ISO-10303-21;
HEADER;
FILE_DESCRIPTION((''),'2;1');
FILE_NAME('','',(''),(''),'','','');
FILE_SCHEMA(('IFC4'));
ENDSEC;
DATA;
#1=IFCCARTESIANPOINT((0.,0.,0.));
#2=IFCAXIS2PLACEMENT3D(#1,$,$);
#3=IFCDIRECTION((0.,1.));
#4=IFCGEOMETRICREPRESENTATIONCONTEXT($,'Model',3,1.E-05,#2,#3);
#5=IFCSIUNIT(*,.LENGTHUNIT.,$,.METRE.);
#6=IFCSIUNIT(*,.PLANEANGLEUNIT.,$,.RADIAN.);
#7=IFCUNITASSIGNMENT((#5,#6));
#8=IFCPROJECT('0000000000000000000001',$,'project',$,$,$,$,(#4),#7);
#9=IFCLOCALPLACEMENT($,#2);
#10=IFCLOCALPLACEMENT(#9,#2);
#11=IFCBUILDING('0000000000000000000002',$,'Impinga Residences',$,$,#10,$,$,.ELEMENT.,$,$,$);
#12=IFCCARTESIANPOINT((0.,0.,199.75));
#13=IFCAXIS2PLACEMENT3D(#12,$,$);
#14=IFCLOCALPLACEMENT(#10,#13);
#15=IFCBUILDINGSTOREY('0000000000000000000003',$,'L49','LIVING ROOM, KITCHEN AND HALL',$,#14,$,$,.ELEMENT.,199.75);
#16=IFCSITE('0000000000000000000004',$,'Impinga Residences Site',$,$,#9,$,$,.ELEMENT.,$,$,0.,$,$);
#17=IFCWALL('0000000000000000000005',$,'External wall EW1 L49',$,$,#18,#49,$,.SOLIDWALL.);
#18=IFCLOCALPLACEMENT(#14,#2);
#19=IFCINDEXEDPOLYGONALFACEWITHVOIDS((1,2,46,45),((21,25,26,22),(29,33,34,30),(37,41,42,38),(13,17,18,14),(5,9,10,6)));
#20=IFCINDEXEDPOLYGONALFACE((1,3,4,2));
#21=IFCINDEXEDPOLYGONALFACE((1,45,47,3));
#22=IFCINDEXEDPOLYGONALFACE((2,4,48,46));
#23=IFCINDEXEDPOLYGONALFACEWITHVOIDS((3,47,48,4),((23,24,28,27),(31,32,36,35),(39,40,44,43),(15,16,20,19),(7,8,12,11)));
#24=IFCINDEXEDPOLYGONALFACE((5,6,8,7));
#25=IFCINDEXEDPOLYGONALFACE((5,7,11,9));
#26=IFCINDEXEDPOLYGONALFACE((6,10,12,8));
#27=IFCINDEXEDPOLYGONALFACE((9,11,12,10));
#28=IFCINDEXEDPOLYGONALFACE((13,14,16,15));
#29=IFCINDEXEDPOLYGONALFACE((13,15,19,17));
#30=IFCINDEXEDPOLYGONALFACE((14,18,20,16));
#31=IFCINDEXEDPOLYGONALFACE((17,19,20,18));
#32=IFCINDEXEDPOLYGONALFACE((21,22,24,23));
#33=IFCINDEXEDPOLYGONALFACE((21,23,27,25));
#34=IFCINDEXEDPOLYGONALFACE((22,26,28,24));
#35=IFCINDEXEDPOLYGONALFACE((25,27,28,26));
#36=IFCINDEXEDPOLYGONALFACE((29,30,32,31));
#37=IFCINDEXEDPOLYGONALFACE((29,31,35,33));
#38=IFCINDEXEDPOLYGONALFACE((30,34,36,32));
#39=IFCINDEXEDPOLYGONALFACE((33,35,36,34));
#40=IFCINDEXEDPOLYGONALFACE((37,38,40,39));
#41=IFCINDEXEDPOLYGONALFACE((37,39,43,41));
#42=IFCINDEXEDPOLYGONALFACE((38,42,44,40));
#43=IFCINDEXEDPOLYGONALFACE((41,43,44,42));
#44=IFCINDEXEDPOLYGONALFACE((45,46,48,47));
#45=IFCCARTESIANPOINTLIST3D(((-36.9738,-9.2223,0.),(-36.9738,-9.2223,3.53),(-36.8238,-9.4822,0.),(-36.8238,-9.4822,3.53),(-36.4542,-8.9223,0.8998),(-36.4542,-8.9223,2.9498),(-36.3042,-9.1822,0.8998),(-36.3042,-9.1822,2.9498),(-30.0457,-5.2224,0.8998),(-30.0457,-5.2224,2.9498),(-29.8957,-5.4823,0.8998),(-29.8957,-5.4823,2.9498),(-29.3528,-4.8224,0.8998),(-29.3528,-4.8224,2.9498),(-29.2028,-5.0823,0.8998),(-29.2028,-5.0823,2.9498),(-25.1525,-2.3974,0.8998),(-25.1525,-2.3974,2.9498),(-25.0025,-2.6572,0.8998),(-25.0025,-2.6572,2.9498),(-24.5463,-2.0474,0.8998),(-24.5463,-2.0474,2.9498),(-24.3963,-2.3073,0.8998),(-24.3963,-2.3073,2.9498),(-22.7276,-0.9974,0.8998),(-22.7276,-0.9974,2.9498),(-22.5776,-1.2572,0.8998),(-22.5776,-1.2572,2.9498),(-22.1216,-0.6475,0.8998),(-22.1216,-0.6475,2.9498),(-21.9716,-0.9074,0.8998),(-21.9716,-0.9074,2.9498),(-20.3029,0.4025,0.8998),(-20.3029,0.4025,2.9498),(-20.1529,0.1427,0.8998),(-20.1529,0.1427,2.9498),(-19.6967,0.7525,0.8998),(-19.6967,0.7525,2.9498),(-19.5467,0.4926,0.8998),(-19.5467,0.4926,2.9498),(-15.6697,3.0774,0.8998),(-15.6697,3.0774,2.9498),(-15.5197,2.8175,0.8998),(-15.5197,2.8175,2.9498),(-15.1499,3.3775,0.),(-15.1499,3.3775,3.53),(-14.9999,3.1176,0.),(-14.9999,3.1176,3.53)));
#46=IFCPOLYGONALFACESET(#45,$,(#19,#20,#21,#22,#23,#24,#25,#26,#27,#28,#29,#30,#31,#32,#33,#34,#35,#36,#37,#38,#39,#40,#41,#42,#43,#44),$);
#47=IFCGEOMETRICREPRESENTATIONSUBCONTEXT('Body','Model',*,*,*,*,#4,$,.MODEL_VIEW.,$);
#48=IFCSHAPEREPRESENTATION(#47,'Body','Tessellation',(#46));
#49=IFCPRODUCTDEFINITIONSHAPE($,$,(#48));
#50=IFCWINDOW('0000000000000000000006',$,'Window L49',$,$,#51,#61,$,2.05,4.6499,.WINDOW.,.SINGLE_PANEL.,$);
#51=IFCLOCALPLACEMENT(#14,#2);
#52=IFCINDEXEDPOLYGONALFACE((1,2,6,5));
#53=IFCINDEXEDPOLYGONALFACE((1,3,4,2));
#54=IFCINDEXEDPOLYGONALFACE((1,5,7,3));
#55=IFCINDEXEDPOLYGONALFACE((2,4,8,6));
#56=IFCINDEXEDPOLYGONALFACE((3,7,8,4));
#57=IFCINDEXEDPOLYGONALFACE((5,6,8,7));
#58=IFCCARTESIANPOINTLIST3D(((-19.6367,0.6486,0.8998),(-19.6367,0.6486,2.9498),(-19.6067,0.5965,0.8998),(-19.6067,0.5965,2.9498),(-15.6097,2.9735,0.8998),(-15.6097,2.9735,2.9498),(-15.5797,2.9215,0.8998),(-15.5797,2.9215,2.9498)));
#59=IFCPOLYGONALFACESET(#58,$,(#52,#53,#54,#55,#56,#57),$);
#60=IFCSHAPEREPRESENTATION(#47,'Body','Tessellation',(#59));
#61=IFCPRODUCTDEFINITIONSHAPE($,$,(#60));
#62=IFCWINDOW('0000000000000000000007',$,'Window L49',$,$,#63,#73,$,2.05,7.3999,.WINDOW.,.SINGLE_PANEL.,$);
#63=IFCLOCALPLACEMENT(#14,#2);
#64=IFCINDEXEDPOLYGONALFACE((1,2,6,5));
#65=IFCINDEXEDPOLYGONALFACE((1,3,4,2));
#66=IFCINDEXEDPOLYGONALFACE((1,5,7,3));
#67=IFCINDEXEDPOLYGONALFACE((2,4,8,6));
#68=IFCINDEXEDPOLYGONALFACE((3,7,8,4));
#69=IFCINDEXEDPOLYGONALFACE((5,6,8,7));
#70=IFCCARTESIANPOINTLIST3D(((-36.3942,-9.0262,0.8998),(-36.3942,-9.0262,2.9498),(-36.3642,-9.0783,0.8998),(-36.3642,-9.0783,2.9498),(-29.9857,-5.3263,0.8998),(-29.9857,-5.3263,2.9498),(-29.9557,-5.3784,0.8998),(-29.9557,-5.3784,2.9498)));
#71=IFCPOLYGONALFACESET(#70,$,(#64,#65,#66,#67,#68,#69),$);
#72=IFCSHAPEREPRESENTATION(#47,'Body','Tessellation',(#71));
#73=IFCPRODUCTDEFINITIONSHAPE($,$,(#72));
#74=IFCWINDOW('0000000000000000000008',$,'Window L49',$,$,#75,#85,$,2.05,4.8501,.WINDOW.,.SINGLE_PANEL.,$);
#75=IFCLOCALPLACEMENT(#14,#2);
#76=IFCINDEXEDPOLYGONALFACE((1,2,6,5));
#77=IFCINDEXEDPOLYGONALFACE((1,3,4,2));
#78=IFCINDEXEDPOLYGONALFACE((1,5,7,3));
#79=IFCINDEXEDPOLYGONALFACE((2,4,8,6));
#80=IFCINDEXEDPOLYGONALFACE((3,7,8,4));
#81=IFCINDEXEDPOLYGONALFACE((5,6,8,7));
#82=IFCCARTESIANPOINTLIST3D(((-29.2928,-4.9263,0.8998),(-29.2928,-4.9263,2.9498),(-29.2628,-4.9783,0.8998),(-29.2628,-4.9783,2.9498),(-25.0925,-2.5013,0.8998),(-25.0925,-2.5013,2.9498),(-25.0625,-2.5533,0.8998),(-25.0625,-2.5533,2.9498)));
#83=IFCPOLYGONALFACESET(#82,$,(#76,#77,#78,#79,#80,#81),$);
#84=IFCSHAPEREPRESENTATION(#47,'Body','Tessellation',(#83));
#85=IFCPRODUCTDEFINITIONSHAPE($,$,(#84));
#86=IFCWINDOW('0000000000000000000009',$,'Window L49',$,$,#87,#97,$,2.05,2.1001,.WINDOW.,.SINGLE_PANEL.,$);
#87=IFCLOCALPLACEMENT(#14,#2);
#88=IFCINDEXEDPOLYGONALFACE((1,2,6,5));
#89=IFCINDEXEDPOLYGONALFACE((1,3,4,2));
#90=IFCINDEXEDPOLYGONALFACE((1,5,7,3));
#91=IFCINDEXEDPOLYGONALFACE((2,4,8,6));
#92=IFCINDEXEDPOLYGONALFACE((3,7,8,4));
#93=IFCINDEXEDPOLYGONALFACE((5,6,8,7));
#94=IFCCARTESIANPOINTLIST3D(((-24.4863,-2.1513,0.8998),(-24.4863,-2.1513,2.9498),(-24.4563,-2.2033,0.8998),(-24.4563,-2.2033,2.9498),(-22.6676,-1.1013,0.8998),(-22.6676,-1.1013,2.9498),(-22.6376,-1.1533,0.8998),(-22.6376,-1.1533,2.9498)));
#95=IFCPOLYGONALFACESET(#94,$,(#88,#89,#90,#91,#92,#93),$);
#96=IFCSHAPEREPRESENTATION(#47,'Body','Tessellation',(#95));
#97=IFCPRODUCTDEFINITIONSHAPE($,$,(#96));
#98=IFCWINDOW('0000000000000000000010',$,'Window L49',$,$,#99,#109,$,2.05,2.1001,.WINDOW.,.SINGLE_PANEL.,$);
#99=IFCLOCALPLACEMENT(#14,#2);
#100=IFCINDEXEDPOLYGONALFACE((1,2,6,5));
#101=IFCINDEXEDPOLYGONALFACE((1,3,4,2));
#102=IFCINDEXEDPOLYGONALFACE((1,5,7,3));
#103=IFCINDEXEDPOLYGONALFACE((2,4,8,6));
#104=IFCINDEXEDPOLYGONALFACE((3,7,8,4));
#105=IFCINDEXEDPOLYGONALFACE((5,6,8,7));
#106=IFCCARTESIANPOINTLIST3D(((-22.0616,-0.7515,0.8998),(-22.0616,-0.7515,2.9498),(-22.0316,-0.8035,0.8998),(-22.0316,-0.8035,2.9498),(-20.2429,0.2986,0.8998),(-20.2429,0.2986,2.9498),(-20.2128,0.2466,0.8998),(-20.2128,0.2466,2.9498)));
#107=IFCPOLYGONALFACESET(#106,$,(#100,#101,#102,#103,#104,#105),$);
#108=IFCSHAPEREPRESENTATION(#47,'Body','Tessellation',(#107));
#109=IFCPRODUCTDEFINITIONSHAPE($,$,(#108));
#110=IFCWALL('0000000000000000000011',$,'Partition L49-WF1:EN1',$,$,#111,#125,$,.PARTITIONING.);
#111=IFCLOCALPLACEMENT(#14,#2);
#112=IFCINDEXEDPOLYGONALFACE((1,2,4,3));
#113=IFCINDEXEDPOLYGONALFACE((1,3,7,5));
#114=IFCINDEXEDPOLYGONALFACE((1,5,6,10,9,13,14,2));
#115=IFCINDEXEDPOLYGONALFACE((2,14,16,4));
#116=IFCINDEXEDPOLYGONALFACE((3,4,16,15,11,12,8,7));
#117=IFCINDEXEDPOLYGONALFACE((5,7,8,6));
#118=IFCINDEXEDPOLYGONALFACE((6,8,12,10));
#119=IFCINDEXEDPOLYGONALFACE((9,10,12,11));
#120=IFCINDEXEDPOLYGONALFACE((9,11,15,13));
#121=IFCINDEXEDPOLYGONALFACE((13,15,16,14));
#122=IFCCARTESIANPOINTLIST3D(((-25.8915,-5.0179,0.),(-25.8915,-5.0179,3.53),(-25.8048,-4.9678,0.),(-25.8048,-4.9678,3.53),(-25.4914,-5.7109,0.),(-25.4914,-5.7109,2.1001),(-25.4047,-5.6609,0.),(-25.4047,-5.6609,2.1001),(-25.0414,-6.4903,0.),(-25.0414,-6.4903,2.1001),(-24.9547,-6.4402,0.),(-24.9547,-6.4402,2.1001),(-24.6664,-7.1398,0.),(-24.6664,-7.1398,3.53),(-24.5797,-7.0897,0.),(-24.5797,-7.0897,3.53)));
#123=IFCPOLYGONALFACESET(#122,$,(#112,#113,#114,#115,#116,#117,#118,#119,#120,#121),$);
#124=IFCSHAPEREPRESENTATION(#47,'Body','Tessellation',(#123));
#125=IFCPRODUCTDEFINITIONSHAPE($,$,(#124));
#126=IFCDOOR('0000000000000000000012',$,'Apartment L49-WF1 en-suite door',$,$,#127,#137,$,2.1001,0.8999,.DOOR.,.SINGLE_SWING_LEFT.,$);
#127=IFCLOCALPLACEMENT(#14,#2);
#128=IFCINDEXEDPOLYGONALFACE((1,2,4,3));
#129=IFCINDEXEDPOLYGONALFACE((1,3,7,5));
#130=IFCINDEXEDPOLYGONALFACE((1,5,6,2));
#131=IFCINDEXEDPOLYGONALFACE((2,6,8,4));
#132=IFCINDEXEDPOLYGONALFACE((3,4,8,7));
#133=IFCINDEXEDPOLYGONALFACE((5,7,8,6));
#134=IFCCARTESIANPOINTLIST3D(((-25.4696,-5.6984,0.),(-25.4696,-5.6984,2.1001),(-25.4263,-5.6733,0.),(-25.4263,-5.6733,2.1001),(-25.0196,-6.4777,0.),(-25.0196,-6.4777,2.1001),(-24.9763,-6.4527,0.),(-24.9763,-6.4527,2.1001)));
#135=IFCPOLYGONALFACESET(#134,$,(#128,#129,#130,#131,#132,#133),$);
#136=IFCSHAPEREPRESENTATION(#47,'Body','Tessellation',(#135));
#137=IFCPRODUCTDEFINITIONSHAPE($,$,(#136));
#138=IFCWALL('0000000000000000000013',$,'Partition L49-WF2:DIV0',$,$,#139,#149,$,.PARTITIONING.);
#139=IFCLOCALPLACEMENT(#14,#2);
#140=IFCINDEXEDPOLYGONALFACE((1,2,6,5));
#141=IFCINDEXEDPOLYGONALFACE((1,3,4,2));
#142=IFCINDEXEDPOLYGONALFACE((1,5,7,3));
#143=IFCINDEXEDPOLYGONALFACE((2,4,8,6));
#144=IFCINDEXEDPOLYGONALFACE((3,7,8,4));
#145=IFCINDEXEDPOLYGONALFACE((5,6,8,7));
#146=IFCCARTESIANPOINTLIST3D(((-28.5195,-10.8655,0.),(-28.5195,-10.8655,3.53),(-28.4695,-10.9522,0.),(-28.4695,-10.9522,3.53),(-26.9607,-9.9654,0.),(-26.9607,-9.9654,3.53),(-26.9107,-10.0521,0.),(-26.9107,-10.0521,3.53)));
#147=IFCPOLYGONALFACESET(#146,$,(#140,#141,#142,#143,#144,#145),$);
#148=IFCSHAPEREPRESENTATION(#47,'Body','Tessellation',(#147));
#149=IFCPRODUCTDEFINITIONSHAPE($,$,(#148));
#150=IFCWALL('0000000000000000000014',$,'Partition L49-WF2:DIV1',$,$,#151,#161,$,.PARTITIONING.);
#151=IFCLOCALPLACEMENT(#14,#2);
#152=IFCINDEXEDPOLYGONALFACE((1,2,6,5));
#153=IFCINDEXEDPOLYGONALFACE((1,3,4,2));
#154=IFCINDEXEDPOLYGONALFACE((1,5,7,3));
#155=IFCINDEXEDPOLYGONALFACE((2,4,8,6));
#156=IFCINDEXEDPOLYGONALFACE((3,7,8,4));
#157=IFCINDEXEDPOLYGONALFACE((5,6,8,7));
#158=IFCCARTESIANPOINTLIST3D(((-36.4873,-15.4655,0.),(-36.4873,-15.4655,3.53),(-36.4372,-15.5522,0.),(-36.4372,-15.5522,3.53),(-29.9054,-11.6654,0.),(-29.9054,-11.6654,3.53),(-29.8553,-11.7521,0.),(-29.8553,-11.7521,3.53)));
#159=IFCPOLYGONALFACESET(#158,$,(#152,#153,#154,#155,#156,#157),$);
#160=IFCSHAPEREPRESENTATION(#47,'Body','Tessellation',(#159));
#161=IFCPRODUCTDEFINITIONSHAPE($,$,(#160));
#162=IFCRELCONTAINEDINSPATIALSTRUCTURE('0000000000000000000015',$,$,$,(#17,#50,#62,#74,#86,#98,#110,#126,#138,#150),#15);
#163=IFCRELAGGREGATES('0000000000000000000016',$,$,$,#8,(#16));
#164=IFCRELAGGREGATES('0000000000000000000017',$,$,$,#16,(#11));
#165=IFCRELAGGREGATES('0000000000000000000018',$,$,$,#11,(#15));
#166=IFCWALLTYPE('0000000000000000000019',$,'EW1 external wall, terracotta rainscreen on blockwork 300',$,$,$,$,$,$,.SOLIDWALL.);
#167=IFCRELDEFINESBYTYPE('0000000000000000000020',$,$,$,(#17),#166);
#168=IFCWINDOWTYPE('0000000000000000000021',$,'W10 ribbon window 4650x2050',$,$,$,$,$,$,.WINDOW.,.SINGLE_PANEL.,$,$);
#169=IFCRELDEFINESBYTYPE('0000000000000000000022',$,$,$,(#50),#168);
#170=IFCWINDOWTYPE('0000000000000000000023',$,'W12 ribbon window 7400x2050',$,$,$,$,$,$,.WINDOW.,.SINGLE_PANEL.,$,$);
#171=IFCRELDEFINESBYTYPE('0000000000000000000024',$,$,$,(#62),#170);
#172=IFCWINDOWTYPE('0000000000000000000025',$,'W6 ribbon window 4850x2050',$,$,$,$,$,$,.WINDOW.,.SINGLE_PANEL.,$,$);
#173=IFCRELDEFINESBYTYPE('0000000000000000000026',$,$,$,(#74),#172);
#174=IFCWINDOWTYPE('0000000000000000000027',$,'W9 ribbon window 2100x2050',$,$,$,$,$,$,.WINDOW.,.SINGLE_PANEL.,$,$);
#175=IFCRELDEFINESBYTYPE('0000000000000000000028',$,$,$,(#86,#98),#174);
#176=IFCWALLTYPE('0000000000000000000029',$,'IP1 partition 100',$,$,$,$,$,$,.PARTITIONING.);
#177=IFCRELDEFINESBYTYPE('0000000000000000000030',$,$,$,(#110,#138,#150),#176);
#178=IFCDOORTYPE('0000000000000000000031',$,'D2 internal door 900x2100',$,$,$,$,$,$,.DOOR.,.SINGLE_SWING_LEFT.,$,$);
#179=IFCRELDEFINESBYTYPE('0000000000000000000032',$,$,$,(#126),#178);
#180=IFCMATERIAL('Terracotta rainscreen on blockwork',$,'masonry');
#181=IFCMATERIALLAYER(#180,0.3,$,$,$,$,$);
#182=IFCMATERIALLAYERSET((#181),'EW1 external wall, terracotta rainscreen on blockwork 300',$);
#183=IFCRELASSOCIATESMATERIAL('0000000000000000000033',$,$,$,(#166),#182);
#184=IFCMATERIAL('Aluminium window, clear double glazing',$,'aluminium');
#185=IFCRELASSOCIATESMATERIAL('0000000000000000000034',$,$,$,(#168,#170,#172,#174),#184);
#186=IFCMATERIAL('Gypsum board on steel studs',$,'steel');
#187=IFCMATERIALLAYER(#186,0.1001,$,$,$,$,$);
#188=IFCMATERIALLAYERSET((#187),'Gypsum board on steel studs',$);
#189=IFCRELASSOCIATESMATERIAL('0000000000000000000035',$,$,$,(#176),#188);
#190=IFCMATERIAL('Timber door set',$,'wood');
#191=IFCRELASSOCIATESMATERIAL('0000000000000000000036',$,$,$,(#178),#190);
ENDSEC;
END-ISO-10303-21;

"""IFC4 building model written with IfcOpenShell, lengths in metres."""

from ifc_helpers import new_model, si_unit, direction, frame, frame_2d, origin, place, context, subcontext, project, spatial, rectangle, extrude, material, layer, layer_set, type_object, element, fill, save


model = new_model("IFC4")

# Units and contexts
model_context = context("Model", 3, precision=1e-05, world=origin(), true_north=direction((0.0, 1.0)))
body_context = subcontext(model_context, "Body", "Model", "MODEL_VIEW")
ifc_project = project(units=[si_unit("LENGTHUNIT", "METRE"), si_unit("PLANEANGLEUNIT", "RADIAN")], contexts=[model_context])

# Site, building, storey
site_placement = place(None, origin())
site = spatial("IfcSite", under=ifc_project, at=site_placement, Name="Impinga Residences Site", CompositionType="ELEMENT", RefElevation=0.0)
building_placement = place(site_placement, origin())
building = spatial("IfcBuilding", under=site, at=building_placement, Name="Impinga Residences", CompositionType="ELEMENT")
storey_placement = place(building_placement, frame((0.0, 0.0, 199.75)))
storey = spatial("IfcBuildingStorey", under=building, at=storey_placement, Name="L49", Description="LIVING ROOM, KITCHEN AND HALL", CompositionType="ELEMENT", Elevation=199.75)

# Shared definitions
ifc_material_1 = material(Name="Terracotta rainscreen on blockwork", Category="masonry")
ifc_layer_1 = layer(ifc_material_1, 0.3)
ifc_layer_set_1 = layer_set([ifc_layer_1], Name="EW1 external wall, terracotta rainscreen on blockwork 300")
wall_type_1 = type_object("IfcWallType", Name="EW1 external wall, terracotta rainscreen on blockwork 300", PredefinedType="SOLIDWALL", material=ifc_layer_set_1)

# Wall, openings, windows
wall_1_placement = place(storey_placement, frame((-36.8989, -9.3523, 0.0), z_axis=(0.0, 0.0, 1.0), x_axis=(0.866029, 0.499993, 0.0)))
wall_1 = element("IfcWall", 1, at=wall_1_placement, inside=storey, type_object=wall_type_1, Name="External wall EW1 L49", PredefinedType="SOLIDWALL", context=body_context, shape_type="SweptSolid", body=[
    extrude(rectangle(XDim=25.2, YDim=0.3, at=frame_2d((12.6001, 0.0))), origin(), (0.0, 0.0, 1.0), 3.53),
])
opening_1_placement = place(wall_1_placement, frame((0.6001, 0.0, 0.8999)))
opening_1 = element("IfcOpeningElement", 2, at=opening_1_placement, cuts=wall_1, PredefinedType="OPENING", context=body_context, shape_type="SweptSolid", body=[
    extrude(rectangle(XDim=7.3999, YDim=2.05, at=frame_2d((3.7, 1.0249))), frame((0.0, 0.1599, 0.0), z_axis=(0.0, -1.0, 0.0), x_axis=(1.0, 0.0, 0.0)), (0.0, 0.0, 1.0), 0.3201),
])
opening_2_placement = place(wall_1_placement, frame((8.8, 0.0, 0.8999)))
opening_2 = element("IfcOpeningElement", 3, at=opening_2_placement, cuts=wall_1, PredefinedType="OPENING", context=body_context, shape_type="SweptSolid", body=[
    extrude(rectangle(XDim=4.8501, YDim=2.05, at=frame_2d((2.425, 1.0249))), frame((0.0, 0.1599, 0.0), z_axis=(0.0, -1.0, 0.0), x_axis=(1.0, 0.0, 0.0)), (0.0, 0.0, 1.0), 0.3201),
])
opening_3_placement = place(wall_1_placement, frame((14.3501, 0.0, 0.8999)))
opening_3 = element("IfcOpeningElement", 4, at=opening_3_placement, cuts=wall_1, PredefinedType="OPENING", context=body_context, shape_type="SweptSolid", body=[
    extrude(rectangle(XDim=2.1001, YDim=2.05, at=frame_2d((1.05, 1.0249))), frame((0.0, 0.1599, 0.0), z_axis=(0.0, -1.0, 0.0), x_axis=(1.0, 0.0, 0.0)), (0.0, 0.0, 1.0), 0.3201),
])
opening_4_placement = place(wall_1_placement, frame((17.1499, 0.0, 0.8999)))
opening_4 = element("IfcOpeningElement", 5, at=opening_4_placement, cuts=wall_1, PredefinedType="OPENING", context=body_context, shape_type="SweptSolid", body=[
    extrude(rectangle(XDim=2.1001, YDim=2.05, at=frame_2d((1.05, 1.0249))), frame((0.0, 0.1599, 0.0), z_axis=(0.0, -1.0, 0.0), x_axis=(1.0, 0.0, 0.0)), (0.0, 0.0, 1.0), 0.3201),
])
opening_5_placement = place(wall_1_placement, frame((19.95, 0.0, 0.8999)))
opening_5 = element("IfcOpeningElement", 6, at=opening_5_placement, cuts=wall_1, PredefinedType="OPENING", context=body_context, shape_type="SweptSolid", body=[
    extrude(rectangle(XDim=4.6499, YDim=2.05, at=frame_2d((2.325, 1.0249))), frame((0.0, 0.1599, 0.0), z_axis=(0.0, -1.0, 0.0), x_axis=(1.0, 0.0, 0.0)), (0.0, 0.0, 1.0), 0.3201),
])
ifc_material_2 = material(Name="Aluminium window, clear double glazing", Category="aluminium")
window_type_1 = type_object("IfcWindowType", Name="W10 ribbon window 4650x2050", PartitioningType="SINGLE_PANEL", PredefinedType="WINDOW", material=ifc_material_2)
window_1_placement = place(opening_5_placement, origin())
window_1 = element("IfcWindow", 7, at=window_1_placement, inside=storey, type_object=window_type_1, Name="Window L49", OverallHeight=2.05, OverallWidth=4.6499, PartitioningType="SINGLE_PANEL", PredefinedType="WINDOW", context=body_context, shape_type="SweptSolid", body=[
    extrude(rectangle(XDim=4.6499, YDim=2.05, at=frame_2d((2.325, 1.0249))), frame((0.0, 0.03, 0.0), z_axis=(0.0, -1.0, 0.0), x_axis=(1.0, 0.0, 0.0)), (0.0, 0.0, 1.0), 0.0601),
])
fill(opening_5, window_1)
window_type_2 = type_object("IfcWindowType", Name="W12 ribbon window 7400x2050", PartitioningType="SINGLE_PANEL", PredefinedType="WINDOW", material=ifc_material_2)
window_2_placement = place(opening_1_placement, origin())
window_2 = element("IfcWindow", 8, at=window_2_placement, inside=storey, type_object=window_type_2, Name="Window L49", OverallHeight=2.05, OverallWidth=7.3999, PartitioningType="SINGLE_PANEL", PredefinedType="WINDOW", context=body_context, shape_type="SweptSolid", body=[
    extrude(rectangle(XDim=7.3999, YDim=2.05, at=frame_2d((3.7, 1.0249))), frame((0.0, 0.03, 0.0), z_axis=(0.0, -1.0, 0.0), x_axis=(1.0, 0.0, 0.0)), (0.0, 0.0, 1.0), 0.0601),
])
fill(opening_1, window_2)
window_type_3 = type_object("IfcWindowType", Name="W6 ribbon window 4850x2050", PartitioningType="SINGLE_PANEL", PredefinedType="WINDOW", material=ifc_material_2)
window_3_placement = place(opening_2_placement, origin())
window_3 = element("IfcWindow", 9, at=window_3_placement, inside=storey, type_object=window_type_3, Name="Window L49", OverallHeight=2.05, OverallWidth=4.8501, PartitioningType="SINGLE_PANEL", PredefinedType="WINDOW", context=body_context, shape_type="SweptSolid", body=[
    extrude(rectangle(XDim=4.8501, YDim=2.05, at=frame_2d((2.425, 1.0249))), frame((0.0, 0.03, 0.0), z_axis=(0.0, -1.0, 0.0), x_axis=(1.0, 0.0, 0.0)), (0.0, 0.0, 1.0), 0.0601),
])
fill(opening_2, window_3)
window_type_4 = type_object("IfcWindowType", Name="W9 ribbon window 2100x2050", PartitioningType="SINGLE_PANEL", PredefinedType="WINDOW", material=ifc_material_2)
window_4_placement = place(opening_3_placement, origin())
window_4 = element("IfcWindow", 10, at=window_4_placement, inside=storey, type_object=window_type_4, Name="Window L49", OverallHeight=2.05, OverallWidth=2.1001, PartitioningType="SINGLE_PANEL", PredefinedType="WINDOW", context=body_context, shape_type="SweptSolid", body=[
    extrude(rectangle(XDim=2.1001, YDim=2.05, at=frame_2d((1.05, 1.0249))), frame((0.0, 0.03, 0.0), z_axis=(0.0, -1.0, 0.0), x_axis=(1.0, 0.0, 0.0)), (0.0, 0.0, 1.0), 0.0601),
])
fill(opening_3, window_4)
window_5_placement = place(opening_4_placement, origin())
window_5 = element("IfcWindow", 11, at=window_5_placement, inside=storey, type_object=window_type_4, Name="Window L49", OverallHeight=2.05, OverallWidth=2.1001, PartitioningType="SINGLE_PANEL", PredefinedType="WINDOW", context=body_context, shape_type="SweptSolid", body=[
    extrude(rectangle(XDim=2.1001, YDim=2.05, at=frame_2d((1.05, 1.0249))), frame((0.0, 0.03, 0.0), z_axis=(0.0, -1.0, 0.0), x_axis=(1.0, 0.0, 0.0)), (0.0, 0.0, 1.0), 0.0601),
])
fill(opening_4, window_5)

# Wall, opening, door
ifc_material_3 = material(Name="Gypsum board on steel studs", Category="steel")
ifc_layer_2 = layer(ifc_material_3, 0.1001)
ifc_layer_set_2 = layer_set([ifc_layer_2], Name="Gypsum board on steel studs")
wall_type_2 = type_object("IfcWallType", Name="IP1 partition 100", PredefinedType="PARTITIONING", material=ifc_layer_set_2)
wall_2_placement = place(storey_placement, frame((-24.623, -7.1147, 0.0), z_axis=(0.0, 0.0, 1.0), x_axis=(-0.500019, 0.866015, 0.0)))
wall_2 = element("IfcWall", 12, at=wall_2_placement, inside=storey, type_object=wall_type_2, Name="Partition L49-WF1:EN1", PredefinedType="PARTITIONING", context=body_context, shape_type="SweptSolid", body=[
    extrude(rectangle(XDim=2.4502, YDim=0.1001, at=frame_2d((1.2251, 0.0))), origin(), (0.0, 0.0, 1.0), 3.53),
])
opening_6_placement = place(wall_2_placement, frame((0.75, 0.0, 0.0)))
opening_6 = element("IfcOpeningElement", 13, at=opening_6_placement, cuts=wall_2, PredefinedType="OPENING", context=body_context, shape_type="SweptSolid", body=[
    extrude(rectangle(XDim=0.8999, YDim=2.1001, at=frame_2d((0.45, 1.05))), frame((0.0, 0.0601, 0.0), z_axis=(0.0, -1.0, 0.0), x_axis=(1.0, 0.0, 0.0)), (0.0, 0.0, 1.0), 0.1201),
])
ifc_material_4 = material(Name="Timber door set", Category="wood")
door_type = type_object("IfcDoorType", Name="D2 internal door 900x2100", OperationType="SINGLE_SWING_LEFT", PredefinedType="DOOR", material=ifc_material_4)
door_1_placement = place(opening_6_placement, origin())
door_1 = element("IfcDoor", 14, at=door_1_placement, inside=storey, type_object=door_type, Name="Apartment L49-WF1 en-suite door", OperationType="SINGLE_SWING_LEFT", OverallHeight=2.1001, OverallWidth=0.8999, PredefinedType="DOOR", context=body_context, shape_type="SweptSolid", body=[
    extrude(rectangle(XDim=0.8999, YDim=2.1001, at=frame_2d((0.45, 1.05))), frame((0.0, 0.0249, 0.0), z_axis=(0.0, -1.0, 0.0), x_axis=(1.0, 0.0, 0.0)), (0.0, 0.0, 1.0), 0.05),
])
fill(opening_6, door_1)

# Walls
wall_3_placement = place(storey_placement, frame((-26.9358, -10.0088, 0.0), z_axis=(0.0, 0.0, 1.0), x_axis=(-0.865989, -0.500063, 0.0)))
element("IfcWall", 15, at=wall_3_placement, inside=storey, type_object=wall_type_2, Name="Partition L49-WF2:DIV0", PredefinedType="PARTITIONING", context=body_context, shape_type="SweptSolid", body=[
    extrude(rectangle(XDim=1.8, YDim=0.1001, at=frame_2d((0.8999, 0.0))), origin(), (0.0, 0.0, 1.0), 3.53),
])
wall_4_placement = place(storey_placement, frame((-29.8804, -11.7087, 0.0), z_axis=(0.0, 0.0, 1.0), x_axis=(-0.866022, -0.500005, 0.0)))
element("IfcWall", 16, at=wall_4_placement, inside=storey, type_object=wall_type_2, Name="Partition L49-WF2:DIV1", PredefinedType="PARTITIONING", context=body_context, shape_type="SweptSolid", body=[
    extrude(rectangle(XDim=7.6001, YDim=0.1001, at=frame_2d((3.8, 0.0))), origin(), (0.0, 0.0, 1.0), 3.53),
])

save(model, "model.ifc")
